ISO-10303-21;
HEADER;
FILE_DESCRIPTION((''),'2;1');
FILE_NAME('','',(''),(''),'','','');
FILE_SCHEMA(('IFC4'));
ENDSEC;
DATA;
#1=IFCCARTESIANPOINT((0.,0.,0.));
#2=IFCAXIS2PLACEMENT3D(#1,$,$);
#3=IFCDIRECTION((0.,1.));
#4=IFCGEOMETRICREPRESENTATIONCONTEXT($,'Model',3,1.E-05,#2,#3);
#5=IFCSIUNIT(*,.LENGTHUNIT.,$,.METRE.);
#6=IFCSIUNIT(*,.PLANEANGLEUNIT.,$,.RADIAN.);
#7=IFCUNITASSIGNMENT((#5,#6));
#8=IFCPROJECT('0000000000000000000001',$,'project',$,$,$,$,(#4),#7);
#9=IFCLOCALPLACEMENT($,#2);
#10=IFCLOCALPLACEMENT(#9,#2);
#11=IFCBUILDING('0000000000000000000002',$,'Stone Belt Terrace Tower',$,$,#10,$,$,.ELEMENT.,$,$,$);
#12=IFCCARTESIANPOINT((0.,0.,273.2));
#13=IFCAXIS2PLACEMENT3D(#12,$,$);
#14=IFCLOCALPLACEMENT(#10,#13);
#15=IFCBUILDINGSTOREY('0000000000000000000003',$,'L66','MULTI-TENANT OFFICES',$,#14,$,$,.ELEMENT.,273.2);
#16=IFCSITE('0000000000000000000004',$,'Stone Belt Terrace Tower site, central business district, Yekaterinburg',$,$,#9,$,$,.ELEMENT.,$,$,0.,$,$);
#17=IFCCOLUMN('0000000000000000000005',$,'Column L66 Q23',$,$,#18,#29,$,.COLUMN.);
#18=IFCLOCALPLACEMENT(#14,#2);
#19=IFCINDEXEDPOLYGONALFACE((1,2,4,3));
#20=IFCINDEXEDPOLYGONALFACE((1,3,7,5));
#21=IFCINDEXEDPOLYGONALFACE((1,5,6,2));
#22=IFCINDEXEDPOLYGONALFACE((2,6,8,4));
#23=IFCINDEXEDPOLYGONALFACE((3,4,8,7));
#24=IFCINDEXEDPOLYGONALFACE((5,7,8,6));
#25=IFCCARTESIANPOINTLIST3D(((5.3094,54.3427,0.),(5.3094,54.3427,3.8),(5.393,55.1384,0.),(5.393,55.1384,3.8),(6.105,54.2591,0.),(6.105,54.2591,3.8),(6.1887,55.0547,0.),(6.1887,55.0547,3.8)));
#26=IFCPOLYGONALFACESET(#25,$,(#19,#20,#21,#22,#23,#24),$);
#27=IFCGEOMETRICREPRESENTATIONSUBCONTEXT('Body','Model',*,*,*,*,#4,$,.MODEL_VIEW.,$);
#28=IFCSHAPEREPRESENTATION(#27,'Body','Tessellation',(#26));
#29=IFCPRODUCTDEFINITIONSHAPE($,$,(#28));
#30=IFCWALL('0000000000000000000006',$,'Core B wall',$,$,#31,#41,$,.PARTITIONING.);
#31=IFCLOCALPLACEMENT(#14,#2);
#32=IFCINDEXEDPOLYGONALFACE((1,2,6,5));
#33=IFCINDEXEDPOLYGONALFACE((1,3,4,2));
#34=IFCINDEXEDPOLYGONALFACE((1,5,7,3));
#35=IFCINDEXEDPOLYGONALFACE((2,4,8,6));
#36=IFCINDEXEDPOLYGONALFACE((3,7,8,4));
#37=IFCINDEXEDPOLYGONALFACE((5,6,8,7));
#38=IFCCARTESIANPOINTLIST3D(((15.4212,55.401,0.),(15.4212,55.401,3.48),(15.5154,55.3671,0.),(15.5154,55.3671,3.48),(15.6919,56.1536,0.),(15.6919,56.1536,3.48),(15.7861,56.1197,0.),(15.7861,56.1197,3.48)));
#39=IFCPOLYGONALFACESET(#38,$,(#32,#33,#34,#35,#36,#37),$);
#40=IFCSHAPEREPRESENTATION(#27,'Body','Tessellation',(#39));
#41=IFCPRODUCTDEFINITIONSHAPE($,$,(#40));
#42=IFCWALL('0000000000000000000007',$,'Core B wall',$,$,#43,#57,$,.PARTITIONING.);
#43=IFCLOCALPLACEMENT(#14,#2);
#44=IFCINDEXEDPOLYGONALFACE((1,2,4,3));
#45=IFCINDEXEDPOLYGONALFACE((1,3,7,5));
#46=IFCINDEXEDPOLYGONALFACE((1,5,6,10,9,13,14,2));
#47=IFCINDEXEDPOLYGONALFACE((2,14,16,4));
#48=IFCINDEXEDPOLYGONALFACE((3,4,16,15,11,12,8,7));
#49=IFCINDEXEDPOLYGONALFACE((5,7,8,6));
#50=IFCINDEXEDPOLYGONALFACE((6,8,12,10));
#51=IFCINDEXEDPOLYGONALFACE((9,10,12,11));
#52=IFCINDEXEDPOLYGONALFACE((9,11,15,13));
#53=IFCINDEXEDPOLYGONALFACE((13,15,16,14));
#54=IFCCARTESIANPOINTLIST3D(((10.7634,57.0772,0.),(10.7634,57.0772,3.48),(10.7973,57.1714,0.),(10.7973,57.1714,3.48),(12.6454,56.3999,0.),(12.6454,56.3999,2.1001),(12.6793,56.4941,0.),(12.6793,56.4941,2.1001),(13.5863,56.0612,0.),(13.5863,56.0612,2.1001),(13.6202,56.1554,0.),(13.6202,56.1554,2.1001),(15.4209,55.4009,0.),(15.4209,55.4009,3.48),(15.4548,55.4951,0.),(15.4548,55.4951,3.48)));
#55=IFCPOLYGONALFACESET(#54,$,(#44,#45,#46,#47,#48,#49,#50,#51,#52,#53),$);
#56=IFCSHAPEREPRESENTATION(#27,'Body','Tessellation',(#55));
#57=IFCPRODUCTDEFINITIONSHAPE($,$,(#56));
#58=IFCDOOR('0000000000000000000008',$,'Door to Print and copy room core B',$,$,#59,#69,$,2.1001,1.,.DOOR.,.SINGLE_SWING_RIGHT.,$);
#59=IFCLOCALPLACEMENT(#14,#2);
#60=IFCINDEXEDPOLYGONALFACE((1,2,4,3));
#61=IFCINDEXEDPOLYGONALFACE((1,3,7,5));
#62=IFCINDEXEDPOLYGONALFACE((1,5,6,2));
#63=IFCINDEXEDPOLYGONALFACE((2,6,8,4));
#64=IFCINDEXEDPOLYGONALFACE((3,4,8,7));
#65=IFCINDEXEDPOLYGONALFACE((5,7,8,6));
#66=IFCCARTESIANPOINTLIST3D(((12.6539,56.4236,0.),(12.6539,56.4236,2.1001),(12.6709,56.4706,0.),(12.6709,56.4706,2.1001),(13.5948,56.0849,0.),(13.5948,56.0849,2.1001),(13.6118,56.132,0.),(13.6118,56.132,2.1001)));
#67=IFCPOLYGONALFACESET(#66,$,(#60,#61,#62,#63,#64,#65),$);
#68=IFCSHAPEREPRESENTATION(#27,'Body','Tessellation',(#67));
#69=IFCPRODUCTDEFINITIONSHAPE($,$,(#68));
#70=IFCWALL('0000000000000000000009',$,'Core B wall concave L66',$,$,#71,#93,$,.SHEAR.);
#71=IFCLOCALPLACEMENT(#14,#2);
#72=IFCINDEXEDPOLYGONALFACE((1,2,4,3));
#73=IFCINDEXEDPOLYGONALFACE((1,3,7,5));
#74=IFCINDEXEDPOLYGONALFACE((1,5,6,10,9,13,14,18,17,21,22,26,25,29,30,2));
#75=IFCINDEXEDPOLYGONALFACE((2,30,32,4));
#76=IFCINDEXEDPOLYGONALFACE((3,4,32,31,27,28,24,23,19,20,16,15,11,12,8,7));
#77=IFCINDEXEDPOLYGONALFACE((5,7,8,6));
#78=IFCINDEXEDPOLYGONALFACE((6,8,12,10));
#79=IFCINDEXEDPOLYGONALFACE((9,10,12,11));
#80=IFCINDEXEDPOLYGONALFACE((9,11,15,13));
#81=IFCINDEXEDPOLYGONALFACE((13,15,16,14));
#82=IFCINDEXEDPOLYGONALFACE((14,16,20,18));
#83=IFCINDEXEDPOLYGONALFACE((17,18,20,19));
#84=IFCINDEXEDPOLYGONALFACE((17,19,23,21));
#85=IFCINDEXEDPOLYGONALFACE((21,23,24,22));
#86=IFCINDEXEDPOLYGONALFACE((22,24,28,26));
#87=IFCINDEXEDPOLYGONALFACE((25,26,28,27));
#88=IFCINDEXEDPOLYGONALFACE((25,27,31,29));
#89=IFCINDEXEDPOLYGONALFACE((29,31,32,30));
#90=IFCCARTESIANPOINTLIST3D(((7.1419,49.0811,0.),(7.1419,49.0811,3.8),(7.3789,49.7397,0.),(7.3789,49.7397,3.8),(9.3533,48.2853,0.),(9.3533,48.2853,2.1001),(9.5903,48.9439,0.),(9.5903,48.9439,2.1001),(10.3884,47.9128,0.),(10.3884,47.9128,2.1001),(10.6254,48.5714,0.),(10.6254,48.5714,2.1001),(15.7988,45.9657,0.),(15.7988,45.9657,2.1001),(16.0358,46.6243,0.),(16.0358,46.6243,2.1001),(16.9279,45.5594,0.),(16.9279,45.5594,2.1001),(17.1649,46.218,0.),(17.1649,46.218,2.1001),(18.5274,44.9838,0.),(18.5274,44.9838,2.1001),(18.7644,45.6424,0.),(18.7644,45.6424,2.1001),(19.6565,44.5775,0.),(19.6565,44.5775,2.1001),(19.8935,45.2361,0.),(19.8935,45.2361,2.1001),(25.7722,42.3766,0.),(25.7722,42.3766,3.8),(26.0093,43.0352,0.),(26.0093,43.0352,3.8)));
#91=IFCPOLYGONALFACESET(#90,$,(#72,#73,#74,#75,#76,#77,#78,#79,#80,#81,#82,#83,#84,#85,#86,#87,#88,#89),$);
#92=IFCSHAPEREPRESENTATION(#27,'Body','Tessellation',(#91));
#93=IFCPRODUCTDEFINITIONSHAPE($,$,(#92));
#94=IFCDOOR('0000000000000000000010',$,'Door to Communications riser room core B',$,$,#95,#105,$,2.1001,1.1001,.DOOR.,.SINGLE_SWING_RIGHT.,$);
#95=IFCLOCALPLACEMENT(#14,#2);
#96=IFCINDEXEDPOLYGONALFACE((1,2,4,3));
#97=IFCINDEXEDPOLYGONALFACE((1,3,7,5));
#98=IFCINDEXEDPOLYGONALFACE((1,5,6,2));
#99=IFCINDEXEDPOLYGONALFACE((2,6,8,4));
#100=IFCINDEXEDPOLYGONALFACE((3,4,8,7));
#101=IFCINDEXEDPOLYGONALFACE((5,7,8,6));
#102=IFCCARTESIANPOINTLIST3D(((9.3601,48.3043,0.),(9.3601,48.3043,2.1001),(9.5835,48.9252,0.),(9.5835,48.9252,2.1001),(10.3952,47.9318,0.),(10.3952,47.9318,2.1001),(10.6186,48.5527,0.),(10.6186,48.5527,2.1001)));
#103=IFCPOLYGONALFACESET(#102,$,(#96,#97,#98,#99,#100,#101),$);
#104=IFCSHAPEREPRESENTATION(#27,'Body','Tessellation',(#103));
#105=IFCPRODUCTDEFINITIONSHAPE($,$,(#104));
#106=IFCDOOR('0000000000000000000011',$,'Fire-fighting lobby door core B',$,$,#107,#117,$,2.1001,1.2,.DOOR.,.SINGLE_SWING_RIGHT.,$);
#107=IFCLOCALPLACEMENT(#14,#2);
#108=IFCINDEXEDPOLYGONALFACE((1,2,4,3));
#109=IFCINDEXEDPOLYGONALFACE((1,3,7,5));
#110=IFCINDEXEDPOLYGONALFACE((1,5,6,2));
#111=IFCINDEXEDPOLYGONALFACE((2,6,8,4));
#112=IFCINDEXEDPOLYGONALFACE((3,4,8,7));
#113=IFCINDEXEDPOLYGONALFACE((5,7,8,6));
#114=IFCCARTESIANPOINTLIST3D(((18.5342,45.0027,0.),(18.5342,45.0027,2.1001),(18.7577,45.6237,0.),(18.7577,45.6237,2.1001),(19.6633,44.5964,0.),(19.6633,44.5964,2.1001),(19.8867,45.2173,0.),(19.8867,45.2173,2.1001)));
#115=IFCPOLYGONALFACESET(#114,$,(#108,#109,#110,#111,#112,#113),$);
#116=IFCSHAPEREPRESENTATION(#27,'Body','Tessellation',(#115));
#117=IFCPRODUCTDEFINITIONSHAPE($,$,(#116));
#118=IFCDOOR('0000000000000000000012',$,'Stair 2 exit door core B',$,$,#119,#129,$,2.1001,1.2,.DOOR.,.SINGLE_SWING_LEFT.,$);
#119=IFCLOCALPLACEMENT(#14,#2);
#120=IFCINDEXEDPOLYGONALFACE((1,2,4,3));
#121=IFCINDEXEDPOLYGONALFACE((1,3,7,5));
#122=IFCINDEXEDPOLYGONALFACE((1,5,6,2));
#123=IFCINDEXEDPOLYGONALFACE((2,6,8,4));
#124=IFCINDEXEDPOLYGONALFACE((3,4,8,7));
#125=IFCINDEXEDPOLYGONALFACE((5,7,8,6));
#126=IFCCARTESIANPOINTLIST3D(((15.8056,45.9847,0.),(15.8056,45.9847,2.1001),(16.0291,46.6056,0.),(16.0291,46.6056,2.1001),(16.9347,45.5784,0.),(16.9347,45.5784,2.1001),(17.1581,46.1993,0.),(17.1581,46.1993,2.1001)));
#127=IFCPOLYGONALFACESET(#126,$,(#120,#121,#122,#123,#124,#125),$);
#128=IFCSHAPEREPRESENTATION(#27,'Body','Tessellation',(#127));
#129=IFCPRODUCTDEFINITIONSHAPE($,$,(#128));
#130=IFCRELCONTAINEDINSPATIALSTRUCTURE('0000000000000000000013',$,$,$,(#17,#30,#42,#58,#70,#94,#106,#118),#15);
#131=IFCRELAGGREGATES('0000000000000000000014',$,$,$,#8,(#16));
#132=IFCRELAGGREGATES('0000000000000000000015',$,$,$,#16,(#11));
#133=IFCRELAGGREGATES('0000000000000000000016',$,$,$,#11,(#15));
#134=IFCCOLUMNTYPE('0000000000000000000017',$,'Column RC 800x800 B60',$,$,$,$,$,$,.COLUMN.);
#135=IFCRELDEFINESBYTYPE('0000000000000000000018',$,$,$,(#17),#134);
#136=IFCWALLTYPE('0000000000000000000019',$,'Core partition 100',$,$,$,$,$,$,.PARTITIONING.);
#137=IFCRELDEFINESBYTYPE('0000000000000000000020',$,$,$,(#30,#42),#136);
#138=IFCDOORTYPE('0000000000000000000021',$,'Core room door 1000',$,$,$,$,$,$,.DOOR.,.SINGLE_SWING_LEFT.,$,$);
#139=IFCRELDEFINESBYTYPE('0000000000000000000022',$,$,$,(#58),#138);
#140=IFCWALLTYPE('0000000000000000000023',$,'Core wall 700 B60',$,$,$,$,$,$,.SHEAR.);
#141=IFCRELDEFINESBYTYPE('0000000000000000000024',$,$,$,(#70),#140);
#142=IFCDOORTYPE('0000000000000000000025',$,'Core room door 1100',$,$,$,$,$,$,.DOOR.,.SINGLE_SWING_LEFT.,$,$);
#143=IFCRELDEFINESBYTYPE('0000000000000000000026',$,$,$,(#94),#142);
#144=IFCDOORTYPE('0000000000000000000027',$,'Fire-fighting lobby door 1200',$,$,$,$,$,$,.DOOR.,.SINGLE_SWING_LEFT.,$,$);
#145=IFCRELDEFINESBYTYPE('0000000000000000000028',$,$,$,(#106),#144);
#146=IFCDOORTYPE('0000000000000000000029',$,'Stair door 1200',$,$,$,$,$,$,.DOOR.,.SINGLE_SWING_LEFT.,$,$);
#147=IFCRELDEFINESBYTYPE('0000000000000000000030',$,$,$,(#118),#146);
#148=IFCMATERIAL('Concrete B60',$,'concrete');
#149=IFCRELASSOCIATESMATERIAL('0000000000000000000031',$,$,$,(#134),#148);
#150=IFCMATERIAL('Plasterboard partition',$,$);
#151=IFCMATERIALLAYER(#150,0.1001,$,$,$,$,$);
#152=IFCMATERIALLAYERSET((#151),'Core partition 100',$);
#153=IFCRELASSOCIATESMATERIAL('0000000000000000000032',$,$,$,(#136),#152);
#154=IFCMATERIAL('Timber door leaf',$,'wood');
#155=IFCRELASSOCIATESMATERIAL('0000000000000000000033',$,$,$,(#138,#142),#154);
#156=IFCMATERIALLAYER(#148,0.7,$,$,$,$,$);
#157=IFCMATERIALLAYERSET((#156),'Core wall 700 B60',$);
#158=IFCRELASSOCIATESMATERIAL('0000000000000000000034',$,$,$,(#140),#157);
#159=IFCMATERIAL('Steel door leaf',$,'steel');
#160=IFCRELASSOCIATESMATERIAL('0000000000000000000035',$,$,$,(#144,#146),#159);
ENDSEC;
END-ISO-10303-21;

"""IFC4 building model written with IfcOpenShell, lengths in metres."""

from ifc_helpers import new_model, si_unit, direction, frame, frame_2d, origin, origin_2d, place, context, subcontext, project, spatial, rectangle, extrude, material, layer, layer_set, material_profile, profile_set, type_object, element, fill, save


model = new_model("IFC4")

# Units and contexts
model_context = context("Model", 3, precision=1e-05, world=origin(), true_north=direction((0.0, 1.0)))
body_context = subcontext(model_context, "Body", "Model", "MODEL_VIEW")
ifc_project = project(units=[si_unit("LENGTHUNIT", "METRE"), si_unit("PLANEANGLEUNIT", "RADIAN")], contexts=[model_context])

# Site, building, storey
site_placement = place(None, origin())
site = spatial("IfcSite", under=ifc_project, at=site_placement, Name="Stone Belt Terrace Tower site, central business district, Yekaterinburg", CompositionType="ELEMENT", RefElevation=0.0)
building_placement = place(site_placement, origin())
building = spatial("IfcBuilding", under=site, at=building_placement, Name="Stone Belt Terrace Tower", CompositionType="ELEMENT")
storey_placement = place(building_placement, frame((0.0, 0.0, 273.2)))
storey = spatial("IfcBuildingStorey", under=building, at=storey_placement, Name="L66", Description="MULTI-TENANT OFFICES", CompositionType="ELEMENT", Elevation=273.2)

# Column
ifc_material_1 = material(Name="Concrete B60", Category="concrete")
ifc_material_profile = material_profile(ifc_material_1, rectangle(XDim=0.8, YDim=0.8, at=origin_2d()), Name="RC 800x800")
ifc_profile_set = profile_set([ifc_material_profile], Name="Concrete B60")
column_type = type_object("IfcColumnType", Name="Column RC 800x800 B60", PredefinedType="COLUMN", material=ifc_profile_set)
column_placement = place(storey_placement, frame((5.749, 54.6987, 0.0), z_axis=(0.0, 0.0, 1.0), x_axis=(0.994522, -0.104528, 0.0)))
element("IfcColumn", 1, at=column_placement, inside=storey, type_object=column_type, Name="Column L66 Q23", PredefinedType="COLUMN", context=body_context, shape_type="SweptSolid", body=[
    extrude(rectangle(XDim=0.8, YDim=0.8, at=origin_2d()), origin(), (0.0, 0.0, 1.0), 3.8),
])

# Wall
ifc_material_2 = material(Name="Plasterboard partition")
ifc_layer_1 = layer(ifc_material_2, 0.1001)
ifc_layer_set_1 = layer_set([ifc_layer_1], Name="Core partition 100")
wall_type_1 = type_object("IfcWallType", Name="Core partition 100", PredefinedType="PARTITIONING", material=ifc_layer_set_1)
wall_1_placement = place(storey_placement, frame((15.4683, 55.384, 0.0), z_axis=(0.0, 0.0, 1.0), x_axis=(0.338482, 0.940973, 0.0)))
element("IfcWall", 2, at=wall_1_placement, inside=storey, type_object=wall_type_1, Name="Core B wall", PredefinedType="PARTITIONING", context=body_context, shape_type="SweptSolid", body=[
    extrude(rectangle(XDim=0.7998, YDim=0.1001, at=frame_2d((0.3999, 0.0))), origin(), (0.0, 0.0, 1.0), 3.48),
])

# Wall, opening, door
wall_2_placement = place(storey_placement, frame((15.438, 55.448, 0.0), z_axis=(0.0, 0.0, 1.0), x_axis=(-0.940914, 0.338644, 0.0)))
wall_2 = element("IfcWall", 3, at=wall_2_placement, inside=storey, type_object=wall_type_1, Name="Core B wall", PredefinedType="PARTITIONING", context=body_context, shape_type="SweptSolid", body=[
    extrude(rectangle(XDim=4.95, YDim=0.1001, at=frame_2d((2.4751, 0.0))), origin(), (0.0, 0.0, 1.0), 3.48),
])
opening_1_placement = place(wall_2_placement, frame((1.95, 0.0, 0.0)))
opening_1 = element("IfcOpeningElement", 4, at=opening_1_placement, cuts=wall_2, PredefinedType="OPENING", context=body_context, shape_type="SweptSolid", body=[
    extrude(rectangle(XDim=1.0, YDim=2.1001, at=frame_2d((0.5, 1.05))), frame((0.0, 0.0601, 0.0), z_axis=(0.0, -1.0, 0.0), x_axis=(1.0, 0.0, 0.0)), (0.0, 0.0, 1.0), 0.1201),
])
ifc_material_3 = material(Name="Timber door leaf", Category="wood")
door_type_1 = type_object("IfcDoorType", Name="Core room door 1000", OperationType="SINGLE_SWING_LEFT", PredefinedType="DOOR", material=ifc_material_3)
door_1_placement = place(opening_1_placement, origin())
door_1 = element("IfcDoor", 5, at=door_1_placement, inside=storey, type_object=door_type_1, Name="Door to Print and copy room core B", OperationType="SINGLE_SWING_RIGHT", OverallHeight=2.1001, OverallWidth=1.0, PredefinedType="DOOR", context=body_context, shape_type="SweptSolid", body=[
    extrude(rectangle(XDim=1.0, YDim=2.1001, at=frame_2d((0.5, 1.05))), frame((0.0, 0.0249, 0.0), z_axis=(0.0, -1.0, 0.0), x_axis=(1.0, 0.0, 0.0)), (0.0, 0.0, 1.0), 0.05),
])
fill(opening_1, door_1)

# Wall, openings, doors
ifc_layer_2 = layer(ifc_material_1, 0.7)
ifc_layer_set_2 = layer_set([ifc_layer_2], Name="Core wall 700 B60")
wall_type_2 = type_object("IfcWallType", Name="Core wall 700 B60", PredefinedType="SHEAR", material=ifc_layer_set_2)
wall_3_placement = place(storey_placement, frame((7.2605, 49.4104, 0.0), z_axis=(0.0, 0.0, 1.0), x_axis=(0.940925, -0.338615, 0.0)))
wall_3 = element("IfcWall", 6, at=wall_3_placement, inside=storey, type_object=wall_type_2, Name="Core B wall concave L66", PredefinedType="SHEAR", context=body_context, shape_type="SweptSolid", body=[
    extrude(rectangle(XDim=19.8, YDim=0.7, at=frame_2d((9.8999, 0.0))), origin(), (0.0, 0.0, 1.0), 3.8),
])
opening_2_placement = place(wall_3_placement, frame((12.1001, 0.0, 0.0)))
opening_2 = element("IfcOpeningElement", 7, at=opening_2_placement, cuts=wall_3, PredefinedType="OPENING", context=body_context, shape_type="SweptSolid", body=[
    extrude(rectangle(XDim=1.2, YDim=2.1001, at=frame_2d((0.6001, 1.05))), frame((0.0, 0.3599, 0.0), z_axis=(0.0, -1.0, 0.0), x_axis=(1.0, 0.0, 0.0)), (0.0, 0.0, 1.0), 0.72),
])
opening_3_placement = place(wall_3_placement, frame((9.2002, 0.0, 0.0)))
opening_3 = element("IfcOpeningElement", 8, at=opening_3_placement, cuts=wall_3, PredefinedType="OPENING", context=body_context, shape_type="SweptSolid", body=[
    extrude(rectangle(XDim=1.2, YDim=2.1001, at=frame_2d((0.6001, 1.05))), frame((0.0, 0.3599, 0.0), z_axis=(0.0, -1.0, 0.0), x_axis=(1.0, 0.0, 0.0)), (0.0, 0.0, 1.0), 0.72),
])
opening_4_placement = place(wall_3_placement, frame((2.3501, 0.0, 0.0)))
opening_4 = element("IfcOpeningElement", 9, at=opening_4_placement, cuts=wall_3, PredefinedType="OPENING", context=body_context, shape_type="SweptSolid", body=[
    extrude(rectangle(XDim=1.1001, YDim=2.1001, at=frame_2d((0.55, 1.05))), frame((0.0, 0.3599, 0.0), z_axis=(0.0, -1.0, 0.0), x_axis=(1.0, 0.0, 0.0)), (0.0, 0.0, 1.0), 0.72),
])
door_type_2 = type_object("IfcDoorType", Name="Core room door 1100", OperationType="SINGLE_SWING_LEFT", PredefinedType="DOOR", material=ifc_material_3)
door_2_placement = place(opening_4_placement, origin())
door_2 = element("IfcDoor", 10, at=door_2_placement, inside=storey, type_object=door_type_2, Name="Door to Communications riser room core B", OperationType="SINGLE_SWING_RIGHT", OverallHeight=2.1001, OverallWidth=1.1001, PredefinedType="DOOR", context=body_context, shape_type="SweptSolid", body=[
    extrude(rectangle(XDim=1.1001, YDim=2.1001, at=frame_2d((0.55, 1.05))), frame((0.0, 0.3301, 0.0), z_axis=(0.0, -1.0, 0.0), x_axis=(1.0, 0.0, 0.0)), (0.0, 0.0, 1.0), 0.6599),
])
fill(opening_4, door_2)
ifc_material_4 = material(Name="Steel door leaf", Category="steel")
door_type_3 = type_object("IfcDoorType", Name="Fire-fighting lobby door 1200", OperationType="SINGLE_SWING_LEFT", PredefinedType="DOOR", material=ifc_material_4)
door_3_placement = place(opening_2_placement, origin())
door_3 = element("IfcDoor", 11, at=door_3_placement, inside=storey, type_object=door_type_3, Name="Fire-fighting lobby door core B", OperationType="SINGLE_SWING_RIGHT", OverallHeight=2.1001, OverallWidth=1.2, PredefinedType="DOOR", context=body_context, shape_type="SweptSolid", body=[
    extrude(rectangle(XDim=1.2, YDim=2.1001, at=frame_2d((0.6001, 1.05))), frame((0.0, 0.3301, 0.0), z_axis=(0.0, -1.0, 0.0), x_axis=(1.0, 0.0, 0.0)), (0.0, 0.0, 1.0), 0.6599),
])
fill(opening_2, door_3)
door_type_4 = type_object("IfcDoorType", Name="Stair door 1200", OperationType="SINGLE_SWING_LEFT", PredefinedType="DOOR", material=ifc_material_4)
door_4_placement = place(opening_3_placement, origin())
door_4 = element("IfcDoor", 12, at=door_4_placement, inside=storey, type_object=door_type_4, Name="Stair 2 exit door core B", OperationType="SINGLE_SWING_LEFT", OverallHeight=2.1001, OverallWidth=1.2, PredefinedType="DOOR", context=body_context, shape_type="SweptSolid", body=[
    extrude(rectangle(XDim=1.2, YDim=2.1001, at=frame_2d((0.6001, 1.05))), frame((0.0, 0.3301, 0.0), z_axis=(0.0, -1.0, 0.0), x_axis=(1.0, 0.0, 0.0)), (0.0, 0.0, 1.0), 0.6599),
])
fill(opening_3, door_4)

save(model, "model.ifc")
